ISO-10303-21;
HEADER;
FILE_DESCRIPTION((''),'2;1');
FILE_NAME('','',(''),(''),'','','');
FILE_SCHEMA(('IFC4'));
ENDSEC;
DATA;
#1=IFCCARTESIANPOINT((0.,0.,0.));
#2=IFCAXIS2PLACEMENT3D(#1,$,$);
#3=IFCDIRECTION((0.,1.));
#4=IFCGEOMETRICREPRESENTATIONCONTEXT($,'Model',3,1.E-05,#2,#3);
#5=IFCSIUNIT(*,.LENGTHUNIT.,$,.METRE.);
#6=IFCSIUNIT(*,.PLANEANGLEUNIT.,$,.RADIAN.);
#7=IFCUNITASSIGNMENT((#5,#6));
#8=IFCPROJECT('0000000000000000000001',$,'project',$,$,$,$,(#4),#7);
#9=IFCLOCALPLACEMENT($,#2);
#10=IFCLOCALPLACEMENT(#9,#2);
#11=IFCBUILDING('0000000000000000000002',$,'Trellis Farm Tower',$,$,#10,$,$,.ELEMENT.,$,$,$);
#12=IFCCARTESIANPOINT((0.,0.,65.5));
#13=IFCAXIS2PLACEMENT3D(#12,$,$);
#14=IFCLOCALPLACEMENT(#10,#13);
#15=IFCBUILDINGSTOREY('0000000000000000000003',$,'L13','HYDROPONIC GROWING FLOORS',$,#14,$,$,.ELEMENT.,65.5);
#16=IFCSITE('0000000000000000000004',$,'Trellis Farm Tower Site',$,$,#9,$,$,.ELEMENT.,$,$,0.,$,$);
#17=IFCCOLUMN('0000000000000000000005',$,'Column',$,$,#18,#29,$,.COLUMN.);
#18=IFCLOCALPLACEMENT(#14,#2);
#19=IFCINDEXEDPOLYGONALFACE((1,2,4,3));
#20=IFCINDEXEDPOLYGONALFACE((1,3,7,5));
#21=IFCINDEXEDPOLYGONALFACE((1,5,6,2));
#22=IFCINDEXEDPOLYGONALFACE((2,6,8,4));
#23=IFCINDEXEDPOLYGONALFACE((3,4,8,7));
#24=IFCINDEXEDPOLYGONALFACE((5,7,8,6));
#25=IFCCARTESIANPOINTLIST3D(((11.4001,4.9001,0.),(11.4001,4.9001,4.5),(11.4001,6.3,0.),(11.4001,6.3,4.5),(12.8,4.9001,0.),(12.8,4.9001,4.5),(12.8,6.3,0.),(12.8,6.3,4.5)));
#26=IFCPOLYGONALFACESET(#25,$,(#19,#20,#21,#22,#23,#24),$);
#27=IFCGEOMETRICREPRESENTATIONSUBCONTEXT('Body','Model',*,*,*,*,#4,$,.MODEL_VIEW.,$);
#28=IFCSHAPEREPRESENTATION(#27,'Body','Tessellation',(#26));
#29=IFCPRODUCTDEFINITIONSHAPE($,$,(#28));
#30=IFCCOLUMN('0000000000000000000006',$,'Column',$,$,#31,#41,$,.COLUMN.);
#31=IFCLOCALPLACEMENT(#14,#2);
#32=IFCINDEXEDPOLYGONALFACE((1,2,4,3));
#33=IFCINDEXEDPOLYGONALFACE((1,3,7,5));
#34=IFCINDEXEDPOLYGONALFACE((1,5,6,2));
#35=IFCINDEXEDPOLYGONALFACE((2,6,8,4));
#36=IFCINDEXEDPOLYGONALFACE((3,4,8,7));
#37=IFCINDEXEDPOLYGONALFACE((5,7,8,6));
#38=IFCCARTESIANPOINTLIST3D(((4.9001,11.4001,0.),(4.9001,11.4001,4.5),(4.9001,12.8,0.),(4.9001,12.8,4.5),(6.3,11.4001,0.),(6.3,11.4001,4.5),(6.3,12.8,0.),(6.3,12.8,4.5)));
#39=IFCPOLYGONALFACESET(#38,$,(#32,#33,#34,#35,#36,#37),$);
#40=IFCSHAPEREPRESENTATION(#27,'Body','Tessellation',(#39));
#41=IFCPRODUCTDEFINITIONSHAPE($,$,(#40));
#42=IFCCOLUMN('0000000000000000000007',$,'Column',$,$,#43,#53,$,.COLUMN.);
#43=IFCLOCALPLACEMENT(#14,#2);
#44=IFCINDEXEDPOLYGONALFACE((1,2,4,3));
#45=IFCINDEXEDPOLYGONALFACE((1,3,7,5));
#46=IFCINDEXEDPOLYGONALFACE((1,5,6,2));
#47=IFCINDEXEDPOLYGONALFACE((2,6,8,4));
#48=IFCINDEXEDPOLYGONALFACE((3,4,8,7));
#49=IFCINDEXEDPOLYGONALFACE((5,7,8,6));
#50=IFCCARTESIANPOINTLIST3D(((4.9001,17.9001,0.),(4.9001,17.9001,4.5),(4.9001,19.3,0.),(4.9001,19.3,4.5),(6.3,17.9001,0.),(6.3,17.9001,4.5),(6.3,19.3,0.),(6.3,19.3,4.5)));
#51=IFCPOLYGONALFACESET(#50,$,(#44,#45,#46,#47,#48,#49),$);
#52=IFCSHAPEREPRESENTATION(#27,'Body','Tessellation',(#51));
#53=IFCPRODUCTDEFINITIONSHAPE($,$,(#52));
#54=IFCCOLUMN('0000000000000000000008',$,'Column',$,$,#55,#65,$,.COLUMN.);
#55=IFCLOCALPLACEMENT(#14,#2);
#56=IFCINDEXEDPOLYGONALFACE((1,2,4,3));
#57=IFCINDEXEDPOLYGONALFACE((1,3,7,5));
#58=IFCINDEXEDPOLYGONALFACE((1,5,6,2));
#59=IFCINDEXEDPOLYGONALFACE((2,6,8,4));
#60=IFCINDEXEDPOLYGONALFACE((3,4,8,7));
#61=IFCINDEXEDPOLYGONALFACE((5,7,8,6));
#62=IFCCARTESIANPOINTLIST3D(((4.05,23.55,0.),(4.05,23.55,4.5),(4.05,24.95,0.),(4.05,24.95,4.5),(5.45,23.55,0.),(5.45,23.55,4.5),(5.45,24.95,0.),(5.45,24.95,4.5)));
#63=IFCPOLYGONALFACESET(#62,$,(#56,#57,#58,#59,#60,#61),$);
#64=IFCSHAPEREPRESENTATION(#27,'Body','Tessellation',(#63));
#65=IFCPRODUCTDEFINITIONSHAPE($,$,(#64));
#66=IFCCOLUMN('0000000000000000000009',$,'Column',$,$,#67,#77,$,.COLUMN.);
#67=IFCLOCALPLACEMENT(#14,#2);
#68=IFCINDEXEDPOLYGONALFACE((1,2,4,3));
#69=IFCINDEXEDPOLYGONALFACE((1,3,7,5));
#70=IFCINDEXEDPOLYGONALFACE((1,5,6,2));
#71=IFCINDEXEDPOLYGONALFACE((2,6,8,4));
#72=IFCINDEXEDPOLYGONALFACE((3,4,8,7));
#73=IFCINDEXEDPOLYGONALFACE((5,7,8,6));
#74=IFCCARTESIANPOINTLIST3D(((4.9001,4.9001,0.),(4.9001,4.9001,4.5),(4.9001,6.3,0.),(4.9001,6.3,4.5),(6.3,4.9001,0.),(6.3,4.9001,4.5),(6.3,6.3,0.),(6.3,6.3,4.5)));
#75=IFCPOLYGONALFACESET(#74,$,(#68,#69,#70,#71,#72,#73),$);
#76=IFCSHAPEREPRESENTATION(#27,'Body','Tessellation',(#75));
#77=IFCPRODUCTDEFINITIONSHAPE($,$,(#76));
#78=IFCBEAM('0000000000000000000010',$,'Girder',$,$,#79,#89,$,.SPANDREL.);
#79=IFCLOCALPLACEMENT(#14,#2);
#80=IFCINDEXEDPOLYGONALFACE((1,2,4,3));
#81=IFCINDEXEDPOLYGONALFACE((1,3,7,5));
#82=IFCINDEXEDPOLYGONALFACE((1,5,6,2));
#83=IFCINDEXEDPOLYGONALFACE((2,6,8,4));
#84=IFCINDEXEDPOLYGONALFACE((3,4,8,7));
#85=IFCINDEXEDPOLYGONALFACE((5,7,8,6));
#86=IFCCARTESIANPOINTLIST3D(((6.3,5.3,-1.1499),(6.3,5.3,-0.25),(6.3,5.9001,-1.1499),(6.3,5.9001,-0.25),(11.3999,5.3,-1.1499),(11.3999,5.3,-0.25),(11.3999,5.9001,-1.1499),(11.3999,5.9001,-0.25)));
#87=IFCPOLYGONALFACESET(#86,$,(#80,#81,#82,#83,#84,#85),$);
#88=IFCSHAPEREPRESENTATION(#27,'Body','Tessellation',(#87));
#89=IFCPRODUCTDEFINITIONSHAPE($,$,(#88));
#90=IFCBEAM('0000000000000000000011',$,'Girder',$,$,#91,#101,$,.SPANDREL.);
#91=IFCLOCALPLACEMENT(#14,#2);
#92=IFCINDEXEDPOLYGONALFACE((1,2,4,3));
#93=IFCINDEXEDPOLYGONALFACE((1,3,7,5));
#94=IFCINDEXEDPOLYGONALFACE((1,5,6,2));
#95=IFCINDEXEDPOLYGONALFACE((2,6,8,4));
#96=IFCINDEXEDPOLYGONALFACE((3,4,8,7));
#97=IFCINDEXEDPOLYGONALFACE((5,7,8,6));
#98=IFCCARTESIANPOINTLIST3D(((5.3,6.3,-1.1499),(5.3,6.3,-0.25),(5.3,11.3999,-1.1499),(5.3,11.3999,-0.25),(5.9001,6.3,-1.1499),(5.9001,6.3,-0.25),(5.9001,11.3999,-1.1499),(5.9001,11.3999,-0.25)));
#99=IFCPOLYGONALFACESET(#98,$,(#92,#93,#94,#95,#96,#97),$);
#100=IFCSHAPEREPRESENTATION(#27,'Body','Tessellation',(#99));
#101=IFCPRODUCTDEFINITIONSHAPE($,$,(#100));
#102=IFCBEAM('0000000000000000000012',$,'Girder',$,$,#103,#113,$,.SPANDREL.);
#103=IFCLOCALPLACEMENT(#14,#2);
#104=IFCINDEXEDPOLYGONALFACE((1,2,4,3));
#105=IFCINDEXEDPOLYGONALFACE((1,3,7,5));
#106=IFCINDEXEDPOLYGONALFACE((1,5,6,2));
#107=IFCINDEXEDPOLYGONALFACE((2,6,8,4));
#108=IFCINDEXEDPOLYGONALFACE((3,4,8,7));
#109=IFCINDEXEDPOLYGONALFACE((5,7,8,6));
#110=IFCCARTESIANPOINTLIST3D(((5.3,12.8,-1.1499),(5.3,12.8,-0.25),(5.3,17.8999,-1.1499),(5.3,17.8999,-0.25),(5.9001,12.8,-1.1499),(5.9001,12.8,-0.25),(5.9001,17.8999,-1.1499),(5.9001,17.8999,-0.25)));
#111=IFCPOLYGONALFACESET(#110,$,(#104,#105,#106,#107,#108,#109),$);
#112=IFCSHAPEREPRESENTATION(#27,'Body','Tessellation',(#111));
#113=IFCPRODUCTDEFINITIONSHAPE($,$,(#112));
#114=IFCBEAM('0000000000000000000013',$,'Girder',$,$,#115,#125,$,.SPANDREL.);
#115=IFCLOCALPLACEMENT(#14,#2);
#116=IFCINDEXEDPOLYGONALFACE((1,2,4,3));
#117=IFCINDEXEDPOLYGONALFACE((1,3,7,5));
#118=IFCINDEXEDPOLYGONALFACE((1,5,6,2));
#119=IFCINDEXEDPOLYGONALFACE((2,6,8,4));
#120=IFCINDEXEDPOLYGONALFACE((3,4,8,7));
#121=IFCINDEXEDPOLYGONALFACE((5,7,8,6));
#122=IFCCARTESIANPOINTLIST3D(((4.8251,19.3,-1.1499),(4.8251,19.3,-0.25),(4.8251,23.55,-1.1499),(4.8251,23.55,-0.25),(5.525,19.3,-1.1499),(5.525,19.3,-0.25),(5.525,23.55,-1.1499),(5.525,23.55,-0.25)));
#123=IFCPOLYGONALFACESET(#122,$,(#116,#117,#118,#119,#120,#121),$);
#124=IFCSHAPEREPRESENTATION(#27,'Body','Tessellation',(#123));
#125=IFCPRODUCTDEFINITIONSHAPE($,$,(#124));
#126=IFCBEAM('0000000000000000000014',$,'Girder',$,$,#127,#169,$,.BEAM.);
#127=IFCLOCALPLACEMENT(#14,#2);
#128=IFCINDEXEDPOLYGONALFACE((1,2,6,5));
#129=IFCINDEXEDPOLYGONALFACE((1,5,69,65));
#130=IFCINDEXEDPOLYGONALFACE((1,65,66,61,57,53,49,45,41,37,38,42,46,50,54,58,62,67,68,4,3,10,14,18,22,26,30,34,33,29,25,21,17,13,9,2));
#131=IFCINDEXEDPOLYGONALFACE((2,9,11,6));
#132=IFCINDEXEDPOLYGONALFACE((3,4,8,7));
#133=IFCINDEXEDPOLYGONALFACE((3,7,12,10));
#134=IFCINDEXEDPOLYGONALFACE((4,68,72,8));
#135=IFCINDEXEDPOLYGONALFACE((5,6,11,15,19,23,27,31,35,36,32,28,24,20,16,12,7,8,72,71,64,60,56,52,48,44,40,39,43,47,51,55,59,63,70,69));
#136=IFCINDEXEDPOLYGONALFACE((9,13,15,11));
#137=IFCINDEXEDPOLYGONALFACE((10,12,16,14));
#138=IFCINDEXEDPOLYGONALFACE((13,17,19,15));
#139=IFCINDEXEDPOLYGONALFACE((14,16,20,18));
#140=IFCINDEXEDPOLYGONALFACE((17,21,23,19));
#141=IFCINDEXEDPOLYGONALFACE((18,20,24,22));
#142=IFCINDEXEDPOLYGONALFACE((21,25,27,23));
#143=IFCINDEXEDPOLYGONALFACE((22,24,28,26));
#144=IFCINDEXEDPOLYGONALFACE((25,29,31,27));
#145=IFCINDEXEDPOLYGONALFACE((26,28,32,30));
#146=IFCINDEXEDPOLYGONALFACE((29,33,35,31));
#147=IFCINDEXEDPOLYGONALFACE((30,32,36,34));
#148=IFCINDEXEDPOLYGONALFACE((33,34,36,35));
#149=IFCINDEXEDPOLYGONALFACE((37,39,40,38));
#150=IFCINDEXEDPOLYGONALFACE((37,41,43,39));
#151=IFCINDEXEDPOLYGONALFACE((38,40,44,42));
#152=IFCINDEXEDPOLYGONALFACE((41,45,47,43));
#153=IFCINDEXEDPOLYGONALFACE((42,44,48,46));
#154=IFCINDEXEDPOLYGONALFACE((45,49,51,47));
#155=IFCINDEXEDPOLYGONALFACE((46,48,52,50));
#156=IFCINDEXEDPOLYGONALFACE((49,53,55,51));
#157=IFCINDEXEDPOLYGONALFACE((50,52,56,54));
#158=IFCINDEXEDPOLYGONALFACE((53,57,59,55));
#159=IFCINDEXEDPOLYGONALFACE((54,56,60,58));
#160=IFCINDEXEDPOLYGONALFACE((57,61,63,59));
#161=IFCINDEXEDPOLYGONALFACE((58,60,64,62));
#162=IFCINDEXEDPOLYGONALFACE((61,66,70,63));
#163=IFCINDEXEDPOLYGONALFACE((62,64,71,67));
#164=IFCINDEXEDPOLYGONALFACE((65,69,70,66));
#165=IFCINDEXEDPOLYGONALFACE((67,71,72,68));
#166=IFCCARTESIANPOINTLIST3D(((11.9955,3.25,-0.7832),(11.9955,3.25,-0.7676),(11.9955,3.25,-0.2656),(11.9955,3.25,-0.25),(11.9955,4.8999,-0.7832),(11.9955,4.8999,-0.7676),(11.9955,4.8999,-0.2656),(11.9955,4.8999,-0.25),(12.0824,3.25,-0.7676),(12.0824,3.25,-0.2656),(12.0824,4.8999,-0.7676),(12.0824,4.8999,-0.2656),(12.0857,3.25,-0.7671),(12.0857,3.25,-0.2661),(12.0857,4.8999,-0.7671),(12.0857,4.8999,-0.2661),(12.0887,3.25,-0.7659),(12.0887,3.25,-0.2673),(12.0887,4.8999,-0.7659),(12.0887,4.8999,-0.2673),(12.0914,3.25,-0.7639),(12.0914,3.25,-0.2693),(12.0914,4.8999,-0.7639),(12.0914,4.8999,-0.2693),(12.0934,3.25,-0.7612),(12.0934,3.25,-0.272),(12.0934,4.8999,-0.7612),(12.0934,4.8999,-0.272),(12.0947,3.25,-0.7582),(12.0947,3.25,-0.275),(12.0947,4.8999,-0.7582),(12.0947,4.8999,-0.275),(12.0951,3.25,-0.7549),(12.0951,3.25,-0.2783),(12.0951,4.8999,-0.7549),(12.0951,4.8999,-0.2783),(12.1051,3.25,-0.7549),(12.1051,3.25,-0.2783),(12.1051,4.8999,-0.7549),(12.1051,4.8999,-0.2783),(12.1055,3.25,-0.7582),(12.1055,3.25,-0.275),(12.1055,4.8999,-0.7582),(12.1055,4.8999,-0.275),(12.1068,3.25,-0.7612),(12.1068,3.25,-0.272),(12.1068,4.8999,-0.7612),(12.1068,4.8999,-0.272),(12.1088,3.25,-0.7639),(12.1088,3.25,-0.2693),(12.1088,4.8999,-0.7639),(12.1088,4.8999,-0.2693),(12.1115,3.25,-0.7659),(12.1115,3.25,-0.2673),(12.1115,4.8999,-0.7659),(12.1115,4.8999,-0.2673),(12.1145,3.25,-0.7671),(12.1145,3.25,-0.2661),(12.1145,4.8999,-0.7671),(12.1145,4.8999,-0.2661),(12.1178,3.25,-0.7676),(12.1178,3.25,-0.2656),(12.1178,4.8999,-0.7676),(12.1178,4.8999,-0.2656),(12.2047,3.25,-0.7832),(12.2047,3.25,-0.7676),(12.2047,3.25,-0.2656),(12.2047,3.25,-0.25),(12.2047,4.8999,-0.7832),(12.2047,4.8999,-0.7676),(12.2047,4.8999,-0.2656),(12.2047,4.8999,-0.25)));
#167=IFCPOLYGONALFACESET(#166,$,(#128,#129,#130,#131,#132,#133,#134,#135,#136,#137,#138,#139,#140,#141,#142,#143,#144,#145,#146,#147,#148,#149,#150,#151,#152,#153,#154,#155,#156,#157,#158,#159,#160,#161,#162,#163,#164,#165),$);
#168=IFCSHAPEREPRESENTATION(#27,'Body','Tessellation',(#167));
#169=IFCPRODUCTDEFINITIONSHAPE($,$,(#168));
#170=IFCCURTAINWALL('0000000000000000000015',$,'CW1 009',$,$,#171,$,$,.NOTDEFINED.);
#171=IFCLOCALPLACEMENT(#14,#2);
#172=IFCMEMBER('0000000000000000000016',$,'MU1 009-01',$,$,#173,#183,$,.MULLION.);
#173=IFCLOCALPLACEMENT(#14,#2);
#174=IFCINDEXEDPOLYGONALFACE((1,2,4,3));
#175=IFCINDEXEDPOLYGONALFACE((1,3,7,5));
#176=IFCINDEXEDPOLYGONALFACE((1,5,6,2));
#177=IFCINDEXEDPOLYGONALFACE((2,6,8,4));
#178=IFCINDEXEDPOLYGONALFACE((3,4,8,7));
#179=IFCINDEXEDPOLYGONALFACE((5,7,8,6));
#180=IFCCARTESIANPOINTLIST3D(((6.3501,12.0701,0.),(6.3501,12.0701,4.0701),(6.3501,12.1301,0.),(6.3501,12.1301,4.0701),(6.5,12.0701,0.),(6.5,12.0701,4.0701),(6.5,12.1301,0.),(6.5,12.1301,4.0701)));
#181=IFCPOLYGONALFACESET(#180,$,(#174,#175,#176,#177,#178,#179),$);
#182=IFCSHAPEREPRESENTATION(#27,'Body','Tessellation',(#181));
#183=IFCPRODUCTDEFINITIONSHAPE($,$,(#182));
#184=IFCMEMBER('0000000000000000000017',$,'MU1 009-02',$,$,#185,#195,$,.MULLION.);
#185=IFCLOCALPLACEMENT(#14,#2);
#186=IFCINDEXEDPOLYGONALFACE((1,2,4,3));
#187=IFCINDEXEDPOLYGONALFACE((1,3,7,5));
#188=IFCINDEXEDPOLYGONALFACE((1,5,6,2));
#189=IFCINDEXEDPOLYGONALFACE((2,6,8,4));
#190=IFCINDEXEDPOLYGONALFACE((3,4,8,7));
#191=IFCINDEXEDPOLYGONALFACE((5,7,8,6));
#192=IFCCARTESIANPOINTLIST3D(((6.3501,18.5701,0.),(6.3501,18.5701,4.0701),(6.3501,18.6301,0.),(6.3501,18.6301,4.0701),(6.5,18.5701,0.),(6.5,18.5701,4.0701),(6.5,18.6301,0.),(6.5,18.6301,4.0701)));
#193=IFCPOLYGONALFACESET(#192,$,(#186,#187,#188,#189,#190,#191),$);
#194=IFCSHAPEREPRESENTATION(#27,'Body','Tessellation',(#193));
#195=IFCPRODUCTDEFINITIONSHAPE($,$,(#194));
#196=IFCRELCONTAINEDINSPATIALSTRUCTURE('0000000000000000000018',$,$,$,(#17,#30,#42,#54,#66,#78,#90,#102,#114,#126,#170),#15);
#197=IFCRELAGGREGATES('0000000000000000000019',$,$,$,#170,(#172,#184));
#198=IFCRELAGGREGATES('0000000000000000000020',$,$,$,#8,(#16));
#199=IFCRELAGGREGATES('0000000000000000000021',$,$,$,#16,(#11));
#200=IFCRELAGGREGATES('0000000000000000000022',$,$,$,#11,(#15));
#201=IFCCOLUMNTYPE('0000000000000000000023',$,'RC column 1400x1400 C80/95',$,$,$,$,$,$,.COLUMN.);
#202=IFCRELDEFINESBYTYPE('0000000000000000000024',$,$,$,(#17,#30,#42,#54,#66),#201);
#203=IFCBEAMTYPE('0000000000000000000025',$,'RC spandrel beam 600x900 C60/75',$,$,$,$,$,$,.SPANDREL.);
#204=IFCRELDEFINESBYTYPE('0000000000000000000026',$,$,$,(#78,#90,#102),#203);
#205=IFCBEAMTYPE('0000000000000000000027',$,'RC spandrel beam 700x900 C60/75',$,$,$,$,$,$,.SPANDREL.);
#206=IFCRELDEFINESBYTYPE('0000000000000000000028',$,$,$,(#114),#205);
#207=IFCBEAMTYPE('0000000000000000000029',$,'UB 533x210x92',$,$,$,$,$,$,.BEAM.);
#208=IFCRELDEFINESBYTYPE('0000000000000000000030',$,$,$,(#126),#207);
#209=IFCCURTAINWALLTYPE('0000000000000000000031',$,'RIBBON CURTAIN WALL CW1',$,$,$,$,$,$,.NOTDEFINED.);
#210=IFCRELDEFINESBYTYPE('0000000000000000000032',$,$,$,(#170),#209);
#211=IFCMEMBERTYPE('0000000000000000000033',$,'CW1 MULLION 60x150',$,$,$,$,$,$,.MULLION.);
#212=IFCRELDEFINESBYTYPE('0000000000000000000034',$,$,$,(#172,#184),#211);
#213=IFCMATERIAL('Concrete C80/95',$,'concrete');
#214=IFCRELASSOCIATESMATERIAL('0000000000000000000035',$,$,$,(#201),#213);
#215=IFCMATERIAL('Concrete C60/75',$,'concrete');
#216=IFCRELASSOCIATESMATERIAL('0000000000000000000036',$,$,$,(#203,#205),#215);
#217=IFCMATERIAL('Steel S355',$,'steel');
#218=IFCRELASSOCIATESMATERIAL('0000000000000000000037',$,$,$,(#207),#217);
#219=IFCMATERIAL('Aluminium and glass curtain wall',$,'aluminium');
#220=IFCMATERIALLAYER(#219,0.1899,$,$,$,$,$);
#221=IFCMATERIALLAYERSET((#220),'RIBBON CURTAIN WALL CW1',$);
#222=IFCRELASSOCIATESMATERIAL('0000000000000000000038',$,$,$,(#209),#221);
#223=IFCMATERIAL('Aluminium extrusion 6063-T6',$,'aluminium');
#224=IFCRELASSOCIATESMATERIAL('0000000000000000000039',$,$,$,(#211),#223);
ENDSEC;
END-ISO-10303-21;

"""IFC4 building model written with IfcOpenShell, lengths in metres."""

from ifc_helpers import new_model, si_unit, direction, frame, origin, origin_2d, place, context, subcontext, project, spatial, rectangle, i_section, extrude, source, transform, mapped, material, layer, layer_set, material_profile, profile_set, type_object, element, aggregate, save


model = new_model("IFC4")

# Units and contexts
model_context = context("Model", 3, precision=1e-05, world=origin(), true_north=direction((0.0, 1.0)))
body_context = subcontext(model_context, "Body", "Model", "MODEL_VIEW")
ifc_project = project(units=[si_unit("LENGTHUNIT", "METRE"), si_unit("PLANEANGLEUNIT", "RADIAN")], contexts=[model_context])

# Site, building, storey
site_placement = place(None, origin())
site = spatial("IfcSite", under=ifc_project, at=site_placement, Name="Trellis Farm Tower Site", CompositionType="ELEMENT", RefElevation=0.0)
building_placement = place(site_placement, origin())
building = spatial("IfcBuilding", under=site, at=building_placement, Name="Trellis Farm Tower", CompositionType="ELEMENT")
storey_placement = place(building_placement, frame((0.0, 0.0, 65.5)))
storey = spatial("IfcBuildingStorey", under=building, at=storey_placement, Name="L13", Description="HYDROPONIC GROWING FLOORS", CompositionType="ELEMENT", Elevation=65.5)

# Columns
ifc_material_1 = material(Name="Concrete C80/95", Category="concrete")
ifc_material_profile_1 = material_profile(ifc_material_1, rectangle(XDim=1.3999, YDim=1.3999, at=origin_2d()), Name="RC column 1400x1400 C80/95")
ifc_profile_set_1 = profile_set([ifc_material_profile_1], Name="Concrete C80/95")
column_type = type_object("IfcColumnType", Name="RC column 1400x1400 C80/95", PredefinedType="COLUMN", material=ifc_profile_set_1)
shared_shape_1 = source(origin(), body_context, "Body", "SweptSolid", [
    extrude(rectangle(XDim=1.3999, YDim=1.3999, at=origin_2d()), origin(), (0.0, 0.0, 1.0), 4.5),
])
for number, where, z_axis, x_axis, name in (
    (1, (12.1001, 5.6001, 0.0), (0.0, 0.0, 1.0), (1.0, 0.0, 0.0), "Column"),
    (2, (5.6001, 12.1001, 0.0), (0.0, 0.0, 1.0), (1.0, 0.0, 0.0), "Column"),
    (3, (5.6001, 18.6001, 0.0), (0.0, 0.0, 1.0), (1.0, 0.0, 0.0), "Column"),
    (4, (4.75, 24.25, 0.0), (0.0, 0.0, 1.0), (1.0, 0.0, 0.0), "Column"),
    (5, (5.6001, 5.6001, 0.0), (0.0, 0.0, 1.0), (1.0, 0.0, 0.0), "Column"),
):
    element("IfcColumn", number, at=place(storey_placement, frame(where, z_axis=z_axis, x_axis=x_axis)), inside=storey, type_object=column_type, Name=name, PredefinedType="COLUMN", context=body_context, shape_type="MappedRepresentation", body=[
        mapped(shared_shape_1, transform((0.0, 0.0, 0.0))),
    ])

# Beams
ifc_material_2 = material(Name="Concrete C60/75", Category="concrete")
ifc_material_profile_2 = material_profile(ifc_material_2, rectangle(XDim=0.6001, YDim=0.8999, at=origin_2d()), Name="RC spandrel beam 600x900 C60/75")
ifc_profile_set_2 = profile_set([ifc_material_profile_2], Name="Concrete C60/75")
beam_type_1 = type_object("IfcBeamType", Name="RC spandrel beam 600x900 C60/75", PredefinedType="SPANDREL", material=ifc_profile_set_2)
shared_shape_2 = source(origin(), body_context, "Body", "SweptSolid", [
    extrude(rectangle(XDim=0.6001, YDim=0.8999, at=origin_2d()), origin(), (0.0, 0.0, 1.0), 5.0999),
])
for number, where, z_axis, x_axis, name in (
    (6, (6.3, 5.6001, -0.7), (1.0, 0.0, 0.0), (0.0, 1.0, 0.0), "Girder"),
    (7, (5.6001, 6.3, -0.7), (0.0, 1.0, 0.0), (-1.0, 0.0, 0.0), "Girder"),
    (8, (5.6001, 12.8, -0.7), (0.0, 1.0, 0.0), (-1.0, 0.0, 0.0), "Girder"),
):
    element("IfcBeam", number, at=place(storey_placement, frame(where, z_axis=z_axis, x_axis=x_axis)), inside=storey, type_object=beam_type_1, Name=name, PredefinedType="SPANDREL", context=body_context, shape_type="MappedRepresentation", body=[
        mapped(shared_shape_2, transform((0.0, 0.0, 0.0))),
    ])
ifc_material_profile_3 = material_profile(ifc_material_2, rectangle(XDim=0.7, YDim=0.8999, at=origin_2d()), Name="RC spandrel beam 700x900 C60/75")
ifc_profile_set_3 = profile_set([ifc_material_profile_3], Name="Concrete C60/75")
beam_type_2 = type_object("IfcBeamType", Name="RC spandrel beam 700x900 C60/75", PredefinedType="SPANDREL", material=ifc_profile_set_3)
shared_shape_3 = source(origin(), body_context, "Body", "SweptSolid", [
    extrude(rectangle(XDim=0.7, YDim=0.8999, at=origin_2d()), origin(), (0.0, 0.0, 1.0), 4.25),
])
beam_1_placement = place(storey_placement, frame((5.175, 19.3, -0.7), z_axis=(0.0, 1.0, 0.0), x_axis=(-1.0, 0.0, 0.0)))
element("IfcBeam", 9, at=beam_1_placement, inside=storey, type_object=beam_type_2, Name="Girder", PredefinedType="SPANDREL", context=body_context, shape_type="MappedRepresentation", body=[
    mapped(shared_shape_3, transform((0.0, 0.0, 0.0))),
])
ifc_material_3 = material(Name="Steel S355", Category="steel")
ifc_material_profile_4 = material_profile(ifc_material_3, i_section(OverallWidth=0.2092, OverallDepth=0.5332, WebThickness=0.01, FlangeThickness=0.0156, FilletRadius=0.0127, at=origin_2d()), Name="UB 533x210x92")
ifc_profile_set_4 = profile_set([ifc_material_profile_4], Name="Steel S355")
beam_type_3 = type_object("IfcBeamType", Name="UB 533x210x92", PredefinedType="BEAM", material=ifc_profile_set_4)
shared_shape_4 = source(origin(), body_context, "Body", "SweptSolid", [
    extrude(i_section(OverallWidth=0.2092, OverallDepth=0.5332, WebThickness=0.01, FlangeThickness=0.0156, FilletRadius=0.0127, at=origin_2d()), origin(), (0.0, 0.0, 1.0), 1.6499),
])
beam_2_placement = place(storey_placement, frame((12.1001, 3.25, -0.5166), z_axis=(0.0, 1.0, 0.0), x_axis=(-1.0, 0.0, 0.0)))
element("IfcBeam", 10, at=beam_2_placement, inside=storey, type_object=beam_type_3, Name="Girder", PredefinedType="BEAM", context=body_context, shape_type="MappedRepresentation", body=[
    mapped(shared_shape_4, transform((0.0, 0.0, 0.0))),
])

# Curtain wall, members
ifc_material_4 = material(Name="Aluminium and glass curtain wall", Category="aluminium")
ifc_layer_1 = layer(ifc_material_4, 0.1899)
ifc_layer_set_1 = layer_set([ifc_layer_1], Name="RIBBON CURTAIN WALL CW1")
curtain_wall_type_1 = type_object("IfcCurtainWallType", Name="RIBBON CURTAIN WALL CW1", PredefinedType="NOTDEFINED", material=ifc_layer_set_1)
placement = place(storey_placement, origin())
curtain_wall_1 = element("IfcCurtainWall", 11, at=placement, inside=storey, type_object=curtain_wall_type_1, Name="CW1 009", PredefinedType="NOTDEFINED")
ifc_material_5 = material(Name="Aluminium extrusion 6063-T6", Category="aluminium")
ifc_material_profile_5 = material_profile(ifc_material_5, rectangle(XDim=0.0601, YDim=0.1499, at=origin_2d()), Name="MULLION 60x150")
ifc_profile_set_5 = profile_set([ifc_material_profile_5], Name="Aluminium extrusion 6063-T6")
member_type_1 = type_object("IfcMemberType", Name="CW1 MULLION 60x150", PredefinedType="MULLION", material=ifc_profile_set_5)
shared_shape_5 = source(origin(), body_context, "Body", "SweptSolid", [
    extrude(rectangle(XDim=0.0601, YDim=0.1499, at=origin_2d()), origin(), (0.0, 0.0, 1.0), 4.0701),
])
member_1_placement = place(storey_placement, frame((6.425, 12.1001, 0.0), z_axis=(0.0, 0.0, 1.0), x_axis=(0.0, 1.0, 0.0)))
member_1 = element("IfcMember", 12, at=member_1_placement, type_object=member_type_1, Name="MU1 009-01", PredefinedType="MULLION", context=body_context, shape_type="MappedRepresentation", body=[
    mapped(shared_shape_5, transform((0.0, 0.0, 0.0))),
])
member_2_placement = place(storey_placement, frame((6.425, 18.6001, 0.0), z_axis=(0.0, 0.0, 1.0), x_axis=(0.0, 1.0, 0.0)))
member_2 = element("IfcMember", 13, at=member_2_placement, type_object=member_type_1, Name="MU1 009-02", PredefinedType="MULLION", context=body_context, shape_type="MappedRepresentation", body=[
    mapped(shared_shape_5, transform((0.0, 0.0, 0.0))),
])
aggregate(curtain_wall_1, [member_1, member_2])

save(model, "model.ifc")
